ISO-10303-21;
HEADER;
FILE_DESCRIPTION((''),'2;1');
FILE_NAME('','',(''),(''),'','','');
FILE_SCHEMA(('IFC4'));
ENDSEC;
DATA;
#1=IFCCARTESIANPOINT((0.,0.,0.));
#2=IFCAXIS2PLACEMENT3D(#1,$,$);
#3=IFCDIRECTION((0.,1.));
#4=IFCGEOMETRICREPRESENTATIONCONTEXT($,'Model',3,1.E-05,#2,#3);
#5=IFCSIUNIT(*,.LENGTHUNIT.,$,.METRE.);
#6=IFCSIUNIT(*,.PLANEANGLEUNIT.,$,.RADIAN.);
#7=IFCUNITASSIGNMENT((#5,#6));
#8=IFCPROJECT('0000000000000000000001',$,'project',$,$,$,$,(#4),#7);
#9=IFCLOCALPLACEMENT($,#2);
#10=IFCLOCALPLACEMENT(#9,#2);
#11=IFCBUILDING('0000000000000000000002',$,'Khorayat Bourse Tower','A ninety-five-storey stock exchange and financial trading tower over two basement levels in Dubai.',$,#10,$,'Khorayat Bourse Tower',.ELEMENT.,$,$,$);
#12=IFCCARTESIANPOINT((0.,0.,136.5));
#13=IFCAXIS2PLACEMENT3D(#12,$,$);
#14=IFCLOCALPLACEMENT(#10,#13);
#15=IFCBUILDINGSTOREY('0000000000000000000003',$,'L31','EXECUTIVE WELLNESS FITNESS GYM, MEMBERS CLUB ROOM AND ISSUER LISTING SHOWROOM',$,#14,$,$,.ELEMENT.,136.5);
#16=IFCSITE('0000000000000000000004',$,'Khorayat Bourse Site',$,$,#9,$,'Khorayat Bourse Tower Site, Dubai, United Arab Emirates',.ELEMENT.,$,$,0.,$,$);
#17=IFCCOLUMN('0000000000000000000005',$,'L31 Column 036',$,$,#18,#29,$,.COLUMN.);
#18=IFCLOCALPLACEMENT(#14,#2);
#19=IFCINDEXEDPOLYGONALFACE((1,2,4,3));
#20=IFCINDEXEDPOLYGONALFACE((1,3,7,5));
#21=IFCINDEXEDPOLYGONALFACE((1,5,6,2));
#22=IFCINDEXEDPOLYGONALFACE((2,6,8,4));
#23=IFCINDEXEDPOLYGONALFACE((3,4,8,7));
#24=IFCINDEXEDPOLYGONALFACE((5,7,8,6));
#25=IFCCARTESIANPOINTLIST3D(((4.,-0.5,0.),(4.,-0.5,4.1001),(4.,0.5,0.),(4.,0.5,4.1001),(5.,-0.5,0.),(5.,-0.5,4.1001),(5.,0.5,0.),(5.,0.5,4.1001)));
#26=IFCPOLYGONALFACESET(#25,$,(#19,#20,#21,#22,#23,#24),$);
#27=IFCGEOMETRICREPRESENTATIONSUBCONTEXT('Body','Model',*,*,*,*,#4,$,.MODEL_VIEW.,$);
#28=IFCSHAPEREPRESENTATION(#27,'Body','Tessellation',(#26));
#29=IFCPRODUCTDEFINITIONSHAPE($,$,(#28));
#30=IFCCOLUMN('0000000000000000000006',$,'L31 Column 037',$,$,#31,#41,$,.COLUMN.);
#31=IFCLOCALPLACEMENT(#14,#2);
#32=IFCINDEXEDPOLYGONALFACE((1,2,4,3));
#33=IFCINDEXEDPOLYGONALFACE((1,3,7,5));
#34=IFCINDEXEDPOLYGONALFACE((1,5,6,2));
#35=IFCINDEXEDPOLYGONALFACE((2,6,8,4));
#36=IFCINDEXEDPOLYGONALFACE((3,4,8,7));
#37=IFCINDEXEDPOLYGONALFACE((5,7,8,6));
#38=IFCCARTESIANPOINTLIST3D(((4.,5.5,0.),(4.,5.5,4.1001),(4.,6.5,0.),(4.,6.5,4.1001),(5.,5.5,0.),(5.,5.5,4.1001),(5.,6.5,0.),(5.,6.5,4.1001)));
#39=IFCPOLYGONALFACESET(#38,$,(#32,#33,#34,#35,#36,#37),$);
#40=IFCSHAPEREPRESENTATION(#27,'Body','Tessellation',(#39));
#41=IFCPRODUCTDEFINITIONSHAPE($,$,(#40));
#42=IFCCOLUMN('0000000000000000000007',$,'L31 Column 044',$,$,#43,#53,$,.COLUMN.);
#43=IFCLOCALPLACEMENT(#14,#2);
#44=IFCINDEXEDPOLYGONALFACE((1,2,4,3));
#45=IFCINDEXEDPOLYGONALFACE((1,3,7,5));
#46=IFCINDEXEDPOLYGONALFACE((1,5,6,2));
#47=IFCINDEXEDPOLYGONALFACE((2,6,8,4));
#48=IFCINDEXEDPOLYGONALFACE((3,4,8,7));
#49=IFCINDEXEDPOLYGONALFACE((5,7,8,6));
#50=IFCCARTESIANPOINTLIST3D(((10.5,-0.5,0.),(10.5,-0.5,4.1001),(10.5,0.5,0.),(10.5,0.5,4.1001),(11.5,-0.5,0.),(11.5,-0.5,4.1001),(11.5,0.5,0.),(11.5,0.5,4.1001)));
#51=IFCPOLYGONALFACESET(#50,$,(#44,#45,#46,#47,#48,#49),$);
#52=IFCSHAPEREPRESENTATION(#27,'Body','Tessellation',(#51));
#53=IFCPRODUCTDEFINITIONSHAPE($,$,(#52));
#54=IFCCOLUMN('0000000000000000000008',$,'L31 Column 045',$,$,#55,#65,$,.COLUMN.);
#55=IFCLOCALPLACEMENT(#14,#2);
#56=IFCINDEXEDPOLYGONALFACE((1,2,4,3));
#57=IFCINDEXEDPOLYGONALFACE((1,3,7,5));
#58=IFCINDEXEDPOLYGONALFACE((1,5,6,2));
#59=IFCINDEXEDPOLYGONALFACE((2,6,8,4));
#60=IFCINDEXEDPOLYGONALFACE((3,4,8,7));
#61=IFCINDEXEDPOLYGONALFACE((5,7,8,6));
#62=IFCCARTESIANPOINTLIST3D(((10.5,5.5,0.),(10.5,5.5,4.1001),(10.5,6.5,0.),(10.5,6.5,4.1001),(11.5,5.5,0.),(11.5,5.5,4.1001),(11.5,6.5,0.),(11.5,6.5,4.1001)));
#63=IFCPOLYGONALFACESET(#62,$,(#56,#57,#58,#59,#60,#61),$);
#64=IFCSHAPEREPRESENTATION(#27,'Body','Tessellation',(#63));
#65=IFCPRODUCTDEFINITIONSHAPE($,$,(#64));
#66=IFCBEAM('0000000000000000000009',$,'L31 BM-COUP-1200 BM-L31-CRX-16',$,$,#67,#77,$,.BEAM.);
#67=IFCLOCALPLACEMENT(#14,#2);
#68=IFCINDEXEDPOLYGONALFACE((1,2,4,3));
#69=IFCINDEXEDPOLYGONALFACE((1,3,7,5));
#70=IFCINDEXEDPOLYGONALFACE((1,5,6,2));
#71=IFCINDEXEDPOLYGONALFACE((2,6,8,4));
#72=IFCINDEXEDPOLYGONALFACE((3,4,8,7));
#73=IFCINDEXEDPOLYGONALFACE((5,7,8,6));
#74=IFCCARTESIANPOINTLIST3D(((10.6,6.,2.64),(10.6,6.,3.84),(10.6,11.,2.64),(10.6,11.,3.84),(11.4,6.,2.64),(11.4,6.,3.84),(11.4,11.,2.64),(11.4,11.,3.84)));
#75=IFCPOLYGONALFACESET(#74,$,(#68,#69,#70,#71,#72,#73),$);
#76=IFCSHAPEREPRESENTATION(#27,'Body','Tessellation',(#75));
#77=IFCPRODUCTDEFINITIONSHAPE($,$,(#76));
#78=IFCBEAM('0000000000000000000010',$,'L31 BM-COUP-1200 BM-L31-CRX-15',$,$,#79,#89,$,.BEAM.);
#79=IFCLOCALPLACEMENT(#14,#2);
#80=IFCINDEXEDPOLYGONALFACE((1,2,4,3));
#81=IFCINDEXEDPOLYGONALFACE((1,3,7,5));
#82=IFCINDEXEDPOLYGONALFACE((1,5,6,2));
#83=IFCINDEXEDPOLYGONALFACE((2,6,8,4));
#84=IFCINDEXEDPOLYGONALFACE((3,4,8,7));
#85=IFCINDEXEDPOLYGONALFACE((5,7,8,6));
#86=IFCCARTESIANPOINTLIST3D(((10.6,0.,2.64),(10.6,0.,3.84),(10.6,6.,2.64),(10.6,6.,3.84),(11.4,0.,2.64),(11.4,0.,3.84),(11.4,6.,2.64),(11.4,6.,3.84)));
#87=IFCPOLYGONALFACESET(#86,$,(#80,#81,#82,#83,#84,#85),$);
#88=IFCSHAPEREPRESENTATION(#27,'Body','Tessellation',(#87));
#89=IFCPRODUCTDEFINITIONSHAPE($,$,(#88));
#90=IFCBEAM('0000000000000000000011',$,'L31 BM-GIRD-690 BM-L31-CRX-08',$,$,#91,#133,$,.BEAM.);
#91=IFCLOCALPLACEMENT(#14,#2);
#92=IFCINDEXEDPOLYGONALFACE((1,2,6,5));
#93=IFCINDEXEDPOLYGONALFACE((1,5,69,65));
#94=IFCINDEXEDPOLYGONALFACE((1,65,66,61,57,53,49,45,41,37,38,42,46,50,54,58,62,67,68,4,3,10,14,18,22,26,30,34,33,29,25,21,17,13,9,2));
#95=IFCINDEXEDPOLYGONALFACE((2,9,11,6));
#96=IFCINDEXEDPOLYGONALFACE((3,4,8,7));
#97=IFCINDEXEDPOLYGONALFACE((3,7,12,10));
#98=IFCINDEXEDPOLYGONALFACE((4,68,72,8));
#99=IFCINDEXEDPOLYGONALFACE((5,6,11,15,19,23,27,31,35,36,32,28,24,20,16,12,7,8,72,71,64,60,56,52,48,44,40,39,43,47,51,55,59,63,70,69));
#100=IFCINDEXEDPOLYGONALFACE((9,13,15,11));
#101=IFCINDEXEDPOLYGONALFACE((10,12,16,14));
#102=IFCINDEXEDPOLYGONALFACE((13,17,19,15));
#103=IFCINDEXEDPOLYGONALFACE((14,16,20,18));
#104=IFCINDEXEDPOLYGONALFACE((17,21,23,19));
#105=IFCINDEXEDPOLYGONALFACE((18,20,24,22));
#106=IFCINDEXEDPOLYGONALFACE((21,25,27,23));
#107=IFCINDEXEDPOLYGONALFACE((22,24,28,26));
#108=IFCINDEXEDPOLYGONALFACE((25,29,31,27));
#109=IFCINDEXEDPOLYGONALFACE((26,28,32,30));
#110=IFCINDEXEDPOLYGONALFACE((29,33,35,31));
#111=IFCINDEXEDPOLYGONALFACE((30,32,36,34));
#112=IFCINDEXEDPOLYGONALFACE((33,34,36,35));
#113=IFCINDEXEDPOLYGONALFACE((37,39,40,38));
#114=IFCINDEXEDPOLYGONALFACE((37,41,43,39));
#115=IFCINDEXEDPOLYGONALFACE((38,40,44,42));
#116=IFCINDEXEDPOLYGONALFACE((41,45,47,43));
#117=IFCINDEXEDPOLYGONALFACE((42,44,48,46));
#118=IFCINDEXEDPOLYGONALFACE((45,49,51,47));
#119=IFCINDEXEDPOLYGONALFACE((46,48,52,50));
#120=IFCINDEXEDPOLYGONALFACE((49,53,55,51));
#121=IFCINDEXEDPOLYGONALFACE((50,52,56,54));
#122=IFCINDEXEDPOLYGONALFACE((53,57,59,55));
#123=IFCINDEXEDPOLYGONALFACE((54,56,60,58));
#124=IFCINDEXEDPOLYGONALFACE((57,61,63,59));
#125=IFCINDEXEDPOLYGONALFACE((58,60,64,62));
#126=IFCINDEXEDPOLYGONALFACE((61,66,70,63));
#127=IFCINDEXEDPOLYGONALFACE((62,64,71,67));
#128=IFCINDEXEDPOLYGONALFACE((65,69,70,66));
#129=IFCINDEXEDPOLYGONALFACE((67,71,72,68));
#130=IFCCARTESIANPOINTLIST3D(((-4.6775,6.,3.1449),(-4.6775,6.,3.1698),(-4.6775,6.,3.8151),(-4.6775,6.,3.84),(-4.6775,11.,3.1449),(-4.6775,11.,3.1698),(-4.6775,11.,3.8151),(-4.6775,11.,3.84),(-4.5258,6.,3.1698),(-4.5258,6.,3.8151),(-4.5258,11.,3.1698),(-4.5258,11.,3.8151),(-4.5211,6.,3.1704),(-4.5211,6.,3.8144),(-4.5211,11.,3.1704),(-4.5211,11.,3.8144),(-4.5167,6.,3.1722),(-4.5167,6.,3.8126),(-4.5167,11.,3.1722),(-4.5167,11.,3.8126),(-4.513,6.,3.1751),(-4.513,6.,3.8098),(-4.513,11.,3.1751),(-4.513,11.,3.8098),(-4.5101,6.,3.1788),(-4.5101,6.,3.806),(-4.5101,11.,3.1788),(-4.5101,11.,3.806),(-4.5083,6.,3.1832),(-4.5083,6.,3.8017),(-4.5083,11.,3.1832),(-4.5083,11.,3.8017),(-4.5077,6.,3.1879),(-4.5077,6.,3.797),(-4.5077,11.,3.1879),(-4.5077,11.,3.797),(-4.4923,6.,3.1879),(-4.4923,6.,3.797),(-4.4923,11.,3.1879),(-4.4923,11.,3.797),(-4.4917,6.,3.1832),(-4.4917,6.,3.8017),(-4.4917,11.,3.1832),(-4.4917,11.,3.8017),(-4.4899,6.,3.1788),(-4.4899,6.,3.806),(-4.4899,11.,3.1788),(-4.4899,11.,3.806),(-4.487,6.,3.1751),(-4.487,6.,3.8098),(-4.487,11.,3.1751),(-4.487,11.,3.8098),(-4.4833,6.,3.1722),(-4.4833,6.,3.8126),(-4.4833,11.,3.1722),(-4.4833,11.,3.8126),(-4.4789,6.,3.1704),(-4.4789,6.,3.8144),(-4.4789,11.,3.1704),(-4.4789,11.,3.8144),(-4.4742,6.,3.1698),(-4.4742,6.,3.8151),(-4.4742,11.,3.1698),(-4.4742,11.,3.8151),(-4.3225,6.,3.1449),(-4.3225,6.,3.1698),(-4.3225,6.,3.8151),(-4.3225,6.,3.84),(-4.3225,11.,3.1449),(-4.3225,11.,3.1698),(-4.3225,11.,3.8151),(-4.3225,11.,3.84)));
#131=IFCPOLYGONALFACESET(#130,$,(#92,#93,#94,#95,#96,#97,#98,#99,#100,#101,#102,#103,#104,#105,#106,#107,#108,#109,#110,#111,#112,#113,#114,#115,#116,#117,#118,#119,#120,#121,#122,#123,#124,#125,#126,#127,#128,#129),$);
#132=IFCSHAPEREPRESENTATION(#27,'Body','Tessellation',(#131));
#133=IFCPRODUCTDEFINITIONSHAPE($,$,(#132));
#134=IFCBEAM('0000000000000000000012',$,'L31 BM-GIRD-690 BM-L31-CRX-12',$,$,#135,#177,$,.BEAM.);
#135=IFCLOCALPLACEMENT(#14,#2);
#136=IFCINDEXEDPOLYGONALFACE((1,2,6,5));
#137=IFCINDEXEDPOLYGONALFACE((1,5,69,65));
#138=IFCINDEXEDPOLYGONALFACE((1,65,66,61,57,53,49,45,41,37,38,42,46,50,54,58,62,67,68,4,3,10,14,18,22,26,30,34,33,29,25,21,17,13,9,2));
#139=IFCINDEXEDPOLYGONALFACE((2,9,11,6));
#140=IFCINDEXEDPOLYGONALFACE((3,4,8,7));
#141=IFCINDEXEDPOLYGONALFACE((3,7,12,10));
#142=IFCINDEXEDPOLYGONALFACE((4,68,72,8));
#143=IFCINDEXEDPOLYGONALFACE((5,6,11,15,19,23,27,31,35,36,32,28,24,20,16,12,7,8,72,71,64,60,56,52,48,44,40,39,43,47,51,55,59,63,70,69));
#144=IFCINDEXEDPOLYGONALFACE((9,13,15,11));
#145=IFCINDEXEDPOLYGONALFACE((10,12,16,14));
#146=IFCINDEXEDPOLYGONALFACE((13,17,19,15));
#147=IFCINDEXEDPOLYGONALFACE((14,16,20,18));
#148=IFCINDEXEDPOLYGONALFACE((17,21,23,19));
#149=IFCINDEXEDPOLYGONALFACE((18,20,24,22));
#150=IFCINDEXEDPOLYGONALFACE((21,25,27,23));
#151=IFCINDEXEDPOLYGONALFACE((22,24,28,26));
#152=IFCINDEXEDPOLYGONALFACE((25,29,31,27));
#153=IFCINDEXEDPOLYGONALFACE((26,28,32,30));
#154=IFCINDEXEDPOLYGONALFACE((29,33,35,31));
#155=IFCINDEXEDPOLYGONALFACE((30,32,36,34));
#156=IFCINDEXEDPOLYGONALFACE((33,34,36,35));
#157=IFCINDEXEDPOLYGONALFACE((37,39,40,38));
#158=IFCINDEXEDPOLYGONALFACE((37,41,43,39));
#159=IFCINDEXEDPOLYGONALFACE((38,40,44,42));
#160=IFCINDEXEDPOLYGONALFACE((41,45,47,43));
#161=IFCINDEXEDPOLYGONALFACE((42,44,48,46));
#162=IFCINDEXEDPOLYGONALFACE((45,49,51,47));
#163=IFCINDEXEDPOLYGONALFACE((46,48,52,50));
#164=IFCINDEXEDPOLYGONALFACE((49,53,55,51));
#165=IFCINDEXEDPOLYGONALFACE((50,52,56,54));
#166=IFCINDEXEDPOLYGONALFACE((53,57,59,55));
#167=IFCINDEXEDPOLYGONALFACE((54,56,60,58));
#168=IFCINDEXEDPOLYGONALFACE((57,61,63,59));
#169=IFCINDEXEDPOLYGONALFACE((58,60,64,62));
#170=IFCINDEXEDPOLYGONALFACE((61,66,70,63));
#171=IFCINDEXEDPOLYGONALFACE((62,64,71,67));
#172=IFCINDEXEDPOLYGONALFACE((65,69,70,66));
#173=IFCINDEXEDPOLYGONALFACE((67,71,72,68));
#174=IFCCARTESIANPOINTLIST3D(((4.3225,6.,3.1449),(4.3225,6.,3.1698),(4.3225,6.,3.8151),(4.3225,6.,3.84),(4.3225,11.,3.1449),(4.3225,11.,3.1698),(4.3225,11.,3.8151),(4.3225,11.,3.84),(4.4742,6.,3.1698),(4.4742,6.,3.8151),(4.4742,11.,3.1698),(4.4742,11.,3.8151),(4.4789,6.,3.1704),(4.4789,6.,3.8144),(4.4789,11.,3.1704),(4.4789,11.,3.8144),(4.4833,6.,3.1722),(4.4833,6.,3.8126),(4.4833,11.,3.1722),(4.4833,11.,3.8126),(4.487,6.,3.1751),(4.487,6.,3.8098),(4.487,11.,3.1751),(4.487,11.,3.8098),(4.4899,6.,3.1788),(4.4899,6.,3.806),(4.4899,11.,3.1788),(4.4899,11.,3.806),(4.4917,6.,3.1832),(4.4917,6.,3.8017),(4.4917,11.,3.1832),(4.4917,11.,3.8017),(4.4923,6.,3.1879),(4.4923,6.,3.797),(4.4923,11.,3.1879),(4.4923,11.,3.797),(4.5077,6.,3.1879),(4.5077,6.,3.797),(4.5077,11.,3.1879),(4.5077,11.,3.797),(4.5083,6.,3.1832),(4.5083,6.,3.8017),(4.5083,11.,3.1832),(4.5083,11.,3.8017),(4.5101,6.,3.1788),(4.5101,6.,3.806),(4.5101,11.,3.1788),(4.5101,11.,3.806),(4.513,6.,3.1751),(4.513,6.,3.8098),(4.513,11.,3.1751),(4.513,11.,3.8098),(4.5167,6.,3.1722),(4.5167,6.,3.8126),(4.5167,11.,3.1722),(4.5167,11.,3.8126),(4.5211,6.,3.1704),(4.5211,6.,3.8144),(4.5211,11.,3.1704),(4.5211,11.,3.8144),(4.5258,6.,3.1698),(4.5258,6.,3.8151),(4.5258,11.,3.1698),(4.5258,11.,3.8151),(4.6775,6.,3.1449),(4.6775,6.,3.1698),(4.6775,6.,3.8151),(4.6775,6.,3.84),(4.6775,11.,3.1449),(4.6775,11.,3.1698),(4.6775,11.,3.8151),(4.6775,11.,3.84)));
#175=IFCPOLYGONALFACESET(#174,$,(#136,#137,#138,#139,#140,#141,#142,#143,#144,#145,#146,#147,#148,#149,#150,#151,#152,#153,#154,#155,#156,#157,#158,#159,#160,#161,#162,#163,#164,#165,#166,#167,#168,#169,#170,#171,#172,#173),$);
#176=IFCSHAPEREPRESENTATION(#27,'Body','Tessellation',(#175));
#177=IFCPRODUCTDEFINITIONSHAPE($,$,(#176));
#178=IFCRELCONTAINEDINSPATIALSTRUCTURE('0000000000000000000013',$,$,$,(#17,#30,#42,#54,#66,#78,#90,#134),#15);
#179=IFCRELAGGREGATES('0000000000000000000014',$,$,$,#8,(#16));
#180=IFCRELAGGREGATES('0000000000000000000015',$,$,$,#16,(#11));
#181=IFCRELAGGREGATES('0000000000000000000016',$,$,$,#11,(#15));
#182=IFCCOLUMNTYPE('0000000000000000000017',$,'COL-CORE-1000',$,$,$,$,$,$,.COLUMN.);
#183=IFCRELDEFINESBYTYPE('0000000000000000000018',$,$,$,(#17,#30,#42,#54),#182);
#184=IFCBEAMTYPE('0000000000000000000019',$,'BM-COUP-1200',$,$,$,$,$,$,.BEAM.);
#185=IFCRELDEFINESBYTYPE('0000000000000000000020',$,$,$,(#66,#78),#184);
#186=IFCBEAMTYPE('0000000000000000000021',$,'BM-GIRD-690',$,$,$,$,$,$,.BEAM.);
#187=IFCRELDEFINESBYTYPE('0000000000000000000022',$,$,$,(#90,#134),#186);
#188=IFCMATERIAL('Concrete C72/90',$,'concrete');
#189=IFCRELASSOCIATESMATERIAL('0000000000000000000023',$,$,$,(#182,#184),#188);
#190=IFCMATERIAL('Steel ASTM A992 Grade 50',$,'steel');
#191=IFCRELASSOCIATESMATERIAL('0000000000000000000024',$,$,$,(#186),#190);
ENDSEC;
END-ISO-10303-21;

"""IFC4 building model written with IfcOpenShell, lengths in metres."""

from ifc_helpers import new_model, si_unit, direction, frame, origin, origin_2d, place, context, subcontext, project, spatial, rectangle, i_section, extrude, source, transform, mapped, material, material_profile, profile_set, type_object, element, save


model = new_model("IFC4")

# Units and contexts
model_context = context("Model", 3, precision=1e-05, world=origin(), true_north=direction((0.0, 1.0)))
body_context = subcontext(model_context, "Body", "Model", "MODEL_VIEW")
ifc_project = project(units=[si_unit("LENGTHUNIT", "METRE"), si_unit("PLANEANGLEUNIT", "RADIAN")], contexts=[model_context])

# Site, building, storey
site_placement = place(None, origin())
site = spatial("IfcSite", under=ifc_project, at=site_placement, Name="Khorayat Bourse Site", LongName="Khorayat Bourse Tower Site, Dubai, United Arab Emirates", CompositionType="ELEMENT", RefElevation=0.0)
building_placement = place(site_placement, origin())
building = spatial("IfcBuilding", under=site, at=building_placement, Name="Khorayat Bourse Tower", Description="A ninety-five-storey stock exchange and financial trading tower over two basement levels in Dubai.", LongName="Khorayat Bourse Tower", CompositionType="ELEMENT")
storey_placement = place(building_placement, frame((0.0, 0.0, 136.5)))
storey = spatial("IfcBuildingStorey", under=building, at=storey_placement, Name="L31", Description="EXECUTIVE WELLNESS FITNESS GYM, MEMBERS CLUB ROOM AND ISSUER LISTING SHOWROOM", CompositionType="ELEMENT", Elevation=136.5)

# Columns
ifc_material_1 = material(Name="Concrete C72/90", Category="concrete")
ifc_material_profile_1 = material_profile(ifc_material_1, rectangle(XDim=1.0, YDim=1.0, at=origin_2d()), Name="RC 1000x1000")
ifc_profile_set_1 = profile_set([ifc_material_profile_1], Name="Concrete C72/90")
column_type = type_object("IfcColumnType", Name="COL-CORE-1000", PredefinedType="COLUMN", material=ifc_profile_set_1)
shared_shape_1 = source(origin(), body_context, "Body", "SweptSolid", [
    extrude(rectangle(XDim=1.0, YDim=1.0, at=origin_2d()), origin(), (0.0, 0.0, 1.0), 4.1001),
])
for number, where, z_axis, x_axis, name in (
    (1, (4.5, 0.0, 0.0), (0.0, 0.0, 1.0), (1.0, 0.0, 0.0), "L31 Column 036"),
    (2, (4.5, 6.0, 0.0), (0.0, 0.0, 1.0), (1.0, 0.0, 0.0), "L31 Column 037"),
    (3, (11.0, 0.0, 0.0), (0.0, 0.0, 1.0), (1.0, 0.0, 0.0), "L31 Column 044"),
    (4, (11.0, 6.0, 0.0), (0.0, 0.0, 1.0), (1.0, 0.0, 0.0), "L31 Column 045"),
):
    element("IfcColumn", number, at=place(storey_placement, frame(where, z_axis=z_axis, x_axis=x_axis)), inside=storey, type_object=column_type, Name=name, PredefinedType="COLUMN", context=body_context, shape_type="MappedRepresentation", body=[
        mapped(shared_shape_1, transform((0.0, 0.0, 0.0), scale=1.0)),
    ])

# Beams
ifc_material_profile_2 = material_profile(ifc_material_1, rectangle(XDim=0.8, YDim=1.2, at=origin_2d()), Name="RC 800x1200")
ifc_profile_set_2 = profile_set([ifc_material_profile_2], Name="Concrete C72/90")
beam_type_1 = type_object("IfcBeamType", Name="BM-COUP-1200", PredefinedType="BEAM", material=ifc_profile_set_2)
shared_shape_2 = source(origin(), body_context, "Body", "SweptSolid", [
    extrude(rectangle(XDim=0.8, YDim=1.2, at=origin_2d()), origin(), (0.0, 0.0, 1.0), 5.0),
])
beam_1_placement = place(storey_placement, frame((11.0, 6.0, 3.24), z_axis=(0.0, 1.0, 0.0), x_axis=(-1.0, 0.0, 0.0)))
element("IfcBeam", 5, at=beam_1_placement, inside=storey, type_object=beam_type_1, Name="L31 BM-COUP-1200 BM-L31-CRX-16", PredefinedType="BEAM", context=body_context, shape_type="MappedRepresentation", body=[
    mapped(shared_shape_2, transform((0.0, 0.0, 0.0), scale=1.0)),
])
shared_shape_3 = source(origin(), body_context, "Body", "SweptSolid", [
    extrude(rectangle(XDim=0.8, YDim=1.2, at=origin_2d()), origin(), (0.0, 0.0, 1.0), 6.0),
])
beam_2_placement = place(storey_placement, frame((11.0, 0.0, 3.24), z_axis=(0.0, 1.0, 0.0), x_axis=(-1.0, 0.0, 0.0)))
element("IfcBeam", 6, at=beam_2_placement, inside=storey, type_object=beam_type_1, Name="L31 BM-COUP-1200 BM-L31-CRX-15", PredefinedType="BEAM", context=body_context, shape_type="MappedRepresentation", body=[
    mapped(shared_shape_3, transform((0.0, 0.0, 0.0), scale=1.0)),
])
ifc_material_2 = material(Name="Steel ASTM A992 Grade 50", Category="steel")
ifc_material_profile_3 = material_profile(ifc_material_2, i_section(OverallWidth=0.355, OverallDepth=0.6951, WebThickness=0.0154, FlangeThickness=0.0249, FilletRadius=0.0181, at=origin_2d()), Name="W690X217")
ifc_profile_set_3 = profile_set([ifc_material_profile_3], Name="Steel ASTM A992 Grade 50")
beam_type_2 = type_object("IfcBeamType", Name="BM-GIRD-690", PredefinedType="BEAM", material=ifc_profile_set_3)
shared_shape_4 = source(origin(), body_context, "Body", "SweptSolid", [
    extrude(i_section(OverallWidth=0.355, OverallDepth=0.6951, WebThickness=0.0154, FlangeThickness=0.0249, FilletRadius=0.0181, at=origin_2d()), origin(), (0.0, 0.0, 1.0), 5.0),
])
for number, where, z_axis, x_axis, name in (
    (7, (-4.5, 6.0, 3.4924), (0.0, 1.0, 0.0), (-1.0, 0.0, 0.0), "L31 BM-GIRD-690 BM-L31-CRX-08"),
    (8, (4.5, 6.0, 3.4924), (0.0, 1.0, 0.0), (-1.0, 0.0, 0.0), "L31 BM-GIRD-690 BM-L31-CRX-12"),
):
    element("IfcBeam", number, at=place(storey_placement, frame(where, z_axis=z_axis, x_axis=x_axis)), inside=storey, type_object=beam_type_2, Name=name, PredefinedType="BEAM", context=body_context, shape_type="MappedRepresentation", body=[
        mapped(shared_shape_4, transform((0.0, 0.0, 0.0), scale=1.0)),
    ])

save(model, "model.ifc")
